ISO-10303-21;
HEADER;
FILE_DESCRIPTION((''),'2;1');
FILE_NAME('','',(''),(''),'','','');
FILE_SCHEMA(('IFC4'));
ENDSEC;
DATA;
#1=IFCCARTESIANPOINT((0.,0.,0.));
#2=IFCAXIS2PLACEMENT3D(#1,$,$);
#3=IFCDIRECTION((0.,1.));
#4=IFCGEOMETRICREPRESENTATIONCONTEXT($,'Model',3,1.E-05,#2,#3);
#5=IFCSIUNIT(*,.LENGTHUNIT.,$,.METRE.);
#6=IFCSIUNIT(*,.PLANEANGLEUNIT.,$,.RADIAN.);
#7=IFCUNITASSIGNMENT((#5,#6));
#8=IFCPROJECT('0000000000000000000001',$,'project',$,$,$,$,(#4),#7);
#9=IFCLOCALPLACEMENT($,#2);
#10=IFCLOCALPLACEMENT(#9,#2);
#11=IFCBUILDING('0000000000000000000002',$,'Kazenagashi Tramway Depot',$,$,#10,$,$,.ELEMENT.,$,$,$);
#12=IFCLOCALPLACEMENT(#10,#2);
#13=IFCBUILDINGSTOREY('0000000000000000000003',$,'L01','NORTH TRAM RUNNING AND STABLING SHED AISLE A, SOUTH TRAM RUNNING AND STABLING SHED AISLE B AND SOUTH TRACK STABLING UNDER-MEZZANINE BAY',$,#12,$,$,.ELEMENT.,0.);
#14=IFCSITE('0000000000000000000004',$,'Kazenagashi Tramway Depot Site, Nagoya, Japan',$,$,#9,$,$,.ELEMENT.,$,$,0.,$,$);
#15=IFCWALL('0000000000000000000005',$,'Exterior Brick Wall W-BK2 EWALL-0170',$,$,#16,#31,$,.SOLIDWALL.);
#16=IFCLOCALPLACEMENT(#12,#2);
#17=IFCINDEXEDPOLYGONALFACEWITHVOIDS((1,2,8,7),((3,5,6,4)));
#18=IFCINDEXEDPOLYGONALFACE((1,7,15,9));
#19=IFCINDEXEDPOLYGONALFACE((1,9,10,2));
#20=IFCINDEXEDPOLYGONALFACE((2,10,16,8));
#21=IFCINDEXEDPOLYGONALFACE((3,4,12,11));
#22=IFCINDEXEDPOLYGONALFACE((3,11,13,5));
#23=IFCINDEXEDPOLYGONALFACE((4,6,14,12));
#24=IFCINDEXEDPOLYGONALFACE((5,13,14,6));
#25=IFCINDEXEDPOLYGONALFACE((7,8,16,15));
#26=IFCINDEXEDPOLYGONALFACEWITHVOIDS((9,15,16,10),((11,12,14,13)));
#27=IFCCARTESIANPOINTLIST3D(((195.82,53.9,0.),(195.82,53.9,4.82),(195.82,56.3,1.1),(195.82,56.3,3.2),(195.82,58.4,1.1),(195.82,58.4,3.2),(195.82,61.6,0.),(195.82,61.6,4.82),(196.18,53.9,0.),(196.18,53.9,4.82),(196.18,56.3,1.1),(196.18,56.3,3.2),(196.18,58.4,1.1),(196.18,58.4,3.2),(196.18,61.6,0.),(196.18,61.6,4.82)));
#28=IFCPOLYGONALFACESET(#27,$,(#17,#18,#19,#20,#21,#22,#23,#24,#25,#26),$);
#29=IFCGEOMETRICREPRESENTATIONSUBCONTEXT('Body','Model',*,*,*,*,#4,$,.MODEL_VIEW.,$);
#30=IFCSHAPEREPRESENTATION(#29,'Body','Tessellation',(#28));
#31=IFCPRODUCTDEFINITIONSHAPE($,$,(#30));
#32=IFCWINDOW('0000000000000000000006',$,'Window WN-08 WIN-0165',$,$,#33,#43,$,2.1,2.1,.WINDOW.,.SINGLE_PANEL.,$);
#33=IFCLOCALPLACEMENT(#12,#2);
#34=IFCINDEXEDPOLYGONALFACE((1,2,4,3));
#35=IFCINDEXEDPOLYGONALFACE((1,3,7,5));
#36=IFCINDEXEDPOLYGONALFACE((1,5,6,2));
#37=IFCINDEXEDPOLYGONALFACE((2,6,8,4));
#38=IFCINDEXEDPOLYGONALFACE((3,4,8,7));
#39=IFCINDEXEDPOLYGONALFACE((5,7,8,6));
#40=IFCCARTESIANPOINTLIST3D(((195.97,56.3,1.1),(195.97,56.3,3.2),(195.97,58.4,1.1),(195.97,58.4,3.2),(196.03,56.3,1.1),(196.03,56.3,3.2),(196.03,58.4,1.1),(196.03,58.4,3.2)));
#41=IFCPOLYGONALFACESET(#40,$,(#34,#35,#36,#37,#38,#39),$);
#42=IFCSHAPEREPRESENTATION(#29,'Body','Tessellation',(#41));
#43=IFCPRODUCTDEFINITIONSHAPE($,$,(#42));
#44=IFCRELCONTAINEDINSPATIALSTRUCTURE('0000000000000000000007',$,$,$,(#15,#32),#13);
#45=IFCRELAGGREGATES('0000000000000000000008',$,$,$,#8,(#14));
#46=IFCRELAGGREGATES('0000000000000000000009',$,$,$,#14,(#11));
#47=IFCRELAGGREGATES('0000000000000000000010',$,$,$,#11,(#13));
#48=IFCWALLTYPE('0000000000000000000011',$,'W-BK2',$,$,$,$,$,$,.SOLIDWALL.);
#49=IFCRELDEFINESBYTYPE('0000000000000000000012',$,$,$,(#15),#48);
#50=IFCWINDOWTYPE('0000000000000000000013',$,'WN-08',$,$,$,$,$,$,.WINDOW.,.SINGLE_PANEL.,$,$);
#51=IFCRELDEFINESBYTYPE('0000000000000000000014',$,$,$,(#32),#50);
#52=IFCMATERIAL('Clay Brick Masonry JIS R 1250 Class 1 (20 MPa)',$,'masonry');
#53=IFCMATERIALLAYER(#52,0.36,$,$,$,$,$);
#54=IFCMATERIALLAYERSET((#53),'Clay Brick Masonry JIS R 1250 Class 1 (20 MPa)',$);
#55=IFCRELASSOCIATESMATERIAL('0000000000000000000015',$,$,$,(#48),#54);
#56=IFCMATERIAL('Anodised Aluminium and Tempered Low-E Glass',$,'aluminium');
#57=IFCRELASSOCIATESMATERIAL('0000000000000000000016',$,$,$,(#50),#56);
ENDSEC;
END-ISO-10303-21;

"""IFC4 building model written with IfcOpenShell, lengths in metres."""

from ifc_helpers import new_model, si_unit, direction, frame, frame_2d, origin, place, context, subcontext, project, spatial, rectangle, extrude, material, layer, layer_set, type_object, element, fill, save


model = new_model("IFC4")

# Units and contexts
model_context = context("Model", 3, precision=1e-05, world=origin(), true_north=direction((0.0, 1.0)))
body_context = subcontext(model_context, "Body", "Model", "MODEL_VIEW")
ifc_project = project(units=[si_unit("LENGTHUNIT", "METRE"), si_unit("PLANEANGLEUNIT", "RADIAN")], contexts=[model_context])

# Site, building, storey
site_placement = place(None, origin())
site = spatial("IfcSite", under=ifc_project, at=site_placement, Name="Kazenagashi Tramway Depot Site, Nagoya, Japan", CompositionType="ELEMENT", RefElevation=0.0)
building_placement = place(site_placement, origin())
building = spatial("IfcBuilding", under=site, at=building_placement, Name="Kazenagashi Tramway Depot", CompositionType="ELEMENT")
storey_placement = place(building_placement, origin())
storey = spatial("IfcBuildingStorey", under=building, at=storey_placement, Name="L01", Description="NORTH TRAM RUNNING AND STABLING SHED AISLE A, SOUTH TRAM RUNNING AND STABLING SHED AISLE B AND SOUTH TRACK STABLING UNDER-MEZZANINE BAY", CompositionType="ELEMENT", Elevation=0.0)

# Wall, opening, window
ifc_material_1 = material(Name="Clay Brick Masonry JIS R 1250 Class 1 (20 MPa)", Category="masonry")
ifc_layer = layer(ifc_material_1, 0.36)
ifc_layer_set = layer_set([ifc_layer], Name="Clay Brick Masonry JIS R 1250 Class 1 (20 MPa)")
wall_type = type_object("IfcWallType", Name="W-BK2", PredefinedType="SOLIDWALL", material=ifc_layer_set)
ifc_material_2 = material(Name="Anodised Aluminium and Tempered Low-E Glass", Category="aluminium")
wall_1_placement = place(storey_placement, frame((196.0, 53.9, 0.0), z_axis=(0.0, 0.0, 1.0), x_axis=(0.0, 1.0, 0.0)))
wall_1 = element("IfcWall", 1, at=wall_1_placement, inside=storey, type_object=wall_type, Name="Exterior Brick Wall W-BK2 EWALL-0170", PredefinedType="SOLIDWALL", context=body_context, shape_type="SweptSolid", body=[
    extrude(rectangle(XDim=7.7, YDim=0.36, at=frame_2d((3.85, 0.0))), origin(), (0.0, 0.0, 1.0), 4.82),
])
opening_1_placement = place(wall_1_placement, frame((2.4, 0.0, 1.1)))
opening_1 = element("IfcOpeningElement", 2, at=opening_1_placement, cuts=wall_1, PredefinedType="OPENING", context=body_context, shape_type="SweptSolid", body=[
    extrude(rectangle(XDim=2.1, YDim=2.1, at=frame_2d((1.05, 1.05))), frame((0.0, 0.19, 0.0), z_axis=(0.0, -1.0, 0.0), x_axis=(1.0, 0.0, 0.0)), (0.0, 0.0, 1.0), 0.38),
])
window_type_1 = type_object("IfcWindowType", Name="WN-08", PartitioningType="SINGLE_PANEL", PredefinedType="WINDOW", material=ifc_material_2)
window_1_placement = place(opening_1_placement, origin())
window_1 = element("IfcWindow", 3, at=window_1_placement, inside=storey, type_object=window_type_1, Name="Window WN-08 WIN-0165", OverallHeight=2.1, OverallWidth=2.1, PartitioningType="SINGLE_PANEL", PredefinedType="WINDOW", context=body_context, shape_type="SweptSolid", body=[
    extrude(rectangle(XDim=2.1, YDim=2.1, at=frame_2d((1.05, 1.05))), frame((0.0, 0.03, 0.0), z_axis=(0.0, -1.0, 0.0), x_axis=(1.0, 0.0, 0.0)), (0.0, 0.0, 1.0), 0.06),
])
fill(opening_1, window_1)

save(model, "model.ifc")
